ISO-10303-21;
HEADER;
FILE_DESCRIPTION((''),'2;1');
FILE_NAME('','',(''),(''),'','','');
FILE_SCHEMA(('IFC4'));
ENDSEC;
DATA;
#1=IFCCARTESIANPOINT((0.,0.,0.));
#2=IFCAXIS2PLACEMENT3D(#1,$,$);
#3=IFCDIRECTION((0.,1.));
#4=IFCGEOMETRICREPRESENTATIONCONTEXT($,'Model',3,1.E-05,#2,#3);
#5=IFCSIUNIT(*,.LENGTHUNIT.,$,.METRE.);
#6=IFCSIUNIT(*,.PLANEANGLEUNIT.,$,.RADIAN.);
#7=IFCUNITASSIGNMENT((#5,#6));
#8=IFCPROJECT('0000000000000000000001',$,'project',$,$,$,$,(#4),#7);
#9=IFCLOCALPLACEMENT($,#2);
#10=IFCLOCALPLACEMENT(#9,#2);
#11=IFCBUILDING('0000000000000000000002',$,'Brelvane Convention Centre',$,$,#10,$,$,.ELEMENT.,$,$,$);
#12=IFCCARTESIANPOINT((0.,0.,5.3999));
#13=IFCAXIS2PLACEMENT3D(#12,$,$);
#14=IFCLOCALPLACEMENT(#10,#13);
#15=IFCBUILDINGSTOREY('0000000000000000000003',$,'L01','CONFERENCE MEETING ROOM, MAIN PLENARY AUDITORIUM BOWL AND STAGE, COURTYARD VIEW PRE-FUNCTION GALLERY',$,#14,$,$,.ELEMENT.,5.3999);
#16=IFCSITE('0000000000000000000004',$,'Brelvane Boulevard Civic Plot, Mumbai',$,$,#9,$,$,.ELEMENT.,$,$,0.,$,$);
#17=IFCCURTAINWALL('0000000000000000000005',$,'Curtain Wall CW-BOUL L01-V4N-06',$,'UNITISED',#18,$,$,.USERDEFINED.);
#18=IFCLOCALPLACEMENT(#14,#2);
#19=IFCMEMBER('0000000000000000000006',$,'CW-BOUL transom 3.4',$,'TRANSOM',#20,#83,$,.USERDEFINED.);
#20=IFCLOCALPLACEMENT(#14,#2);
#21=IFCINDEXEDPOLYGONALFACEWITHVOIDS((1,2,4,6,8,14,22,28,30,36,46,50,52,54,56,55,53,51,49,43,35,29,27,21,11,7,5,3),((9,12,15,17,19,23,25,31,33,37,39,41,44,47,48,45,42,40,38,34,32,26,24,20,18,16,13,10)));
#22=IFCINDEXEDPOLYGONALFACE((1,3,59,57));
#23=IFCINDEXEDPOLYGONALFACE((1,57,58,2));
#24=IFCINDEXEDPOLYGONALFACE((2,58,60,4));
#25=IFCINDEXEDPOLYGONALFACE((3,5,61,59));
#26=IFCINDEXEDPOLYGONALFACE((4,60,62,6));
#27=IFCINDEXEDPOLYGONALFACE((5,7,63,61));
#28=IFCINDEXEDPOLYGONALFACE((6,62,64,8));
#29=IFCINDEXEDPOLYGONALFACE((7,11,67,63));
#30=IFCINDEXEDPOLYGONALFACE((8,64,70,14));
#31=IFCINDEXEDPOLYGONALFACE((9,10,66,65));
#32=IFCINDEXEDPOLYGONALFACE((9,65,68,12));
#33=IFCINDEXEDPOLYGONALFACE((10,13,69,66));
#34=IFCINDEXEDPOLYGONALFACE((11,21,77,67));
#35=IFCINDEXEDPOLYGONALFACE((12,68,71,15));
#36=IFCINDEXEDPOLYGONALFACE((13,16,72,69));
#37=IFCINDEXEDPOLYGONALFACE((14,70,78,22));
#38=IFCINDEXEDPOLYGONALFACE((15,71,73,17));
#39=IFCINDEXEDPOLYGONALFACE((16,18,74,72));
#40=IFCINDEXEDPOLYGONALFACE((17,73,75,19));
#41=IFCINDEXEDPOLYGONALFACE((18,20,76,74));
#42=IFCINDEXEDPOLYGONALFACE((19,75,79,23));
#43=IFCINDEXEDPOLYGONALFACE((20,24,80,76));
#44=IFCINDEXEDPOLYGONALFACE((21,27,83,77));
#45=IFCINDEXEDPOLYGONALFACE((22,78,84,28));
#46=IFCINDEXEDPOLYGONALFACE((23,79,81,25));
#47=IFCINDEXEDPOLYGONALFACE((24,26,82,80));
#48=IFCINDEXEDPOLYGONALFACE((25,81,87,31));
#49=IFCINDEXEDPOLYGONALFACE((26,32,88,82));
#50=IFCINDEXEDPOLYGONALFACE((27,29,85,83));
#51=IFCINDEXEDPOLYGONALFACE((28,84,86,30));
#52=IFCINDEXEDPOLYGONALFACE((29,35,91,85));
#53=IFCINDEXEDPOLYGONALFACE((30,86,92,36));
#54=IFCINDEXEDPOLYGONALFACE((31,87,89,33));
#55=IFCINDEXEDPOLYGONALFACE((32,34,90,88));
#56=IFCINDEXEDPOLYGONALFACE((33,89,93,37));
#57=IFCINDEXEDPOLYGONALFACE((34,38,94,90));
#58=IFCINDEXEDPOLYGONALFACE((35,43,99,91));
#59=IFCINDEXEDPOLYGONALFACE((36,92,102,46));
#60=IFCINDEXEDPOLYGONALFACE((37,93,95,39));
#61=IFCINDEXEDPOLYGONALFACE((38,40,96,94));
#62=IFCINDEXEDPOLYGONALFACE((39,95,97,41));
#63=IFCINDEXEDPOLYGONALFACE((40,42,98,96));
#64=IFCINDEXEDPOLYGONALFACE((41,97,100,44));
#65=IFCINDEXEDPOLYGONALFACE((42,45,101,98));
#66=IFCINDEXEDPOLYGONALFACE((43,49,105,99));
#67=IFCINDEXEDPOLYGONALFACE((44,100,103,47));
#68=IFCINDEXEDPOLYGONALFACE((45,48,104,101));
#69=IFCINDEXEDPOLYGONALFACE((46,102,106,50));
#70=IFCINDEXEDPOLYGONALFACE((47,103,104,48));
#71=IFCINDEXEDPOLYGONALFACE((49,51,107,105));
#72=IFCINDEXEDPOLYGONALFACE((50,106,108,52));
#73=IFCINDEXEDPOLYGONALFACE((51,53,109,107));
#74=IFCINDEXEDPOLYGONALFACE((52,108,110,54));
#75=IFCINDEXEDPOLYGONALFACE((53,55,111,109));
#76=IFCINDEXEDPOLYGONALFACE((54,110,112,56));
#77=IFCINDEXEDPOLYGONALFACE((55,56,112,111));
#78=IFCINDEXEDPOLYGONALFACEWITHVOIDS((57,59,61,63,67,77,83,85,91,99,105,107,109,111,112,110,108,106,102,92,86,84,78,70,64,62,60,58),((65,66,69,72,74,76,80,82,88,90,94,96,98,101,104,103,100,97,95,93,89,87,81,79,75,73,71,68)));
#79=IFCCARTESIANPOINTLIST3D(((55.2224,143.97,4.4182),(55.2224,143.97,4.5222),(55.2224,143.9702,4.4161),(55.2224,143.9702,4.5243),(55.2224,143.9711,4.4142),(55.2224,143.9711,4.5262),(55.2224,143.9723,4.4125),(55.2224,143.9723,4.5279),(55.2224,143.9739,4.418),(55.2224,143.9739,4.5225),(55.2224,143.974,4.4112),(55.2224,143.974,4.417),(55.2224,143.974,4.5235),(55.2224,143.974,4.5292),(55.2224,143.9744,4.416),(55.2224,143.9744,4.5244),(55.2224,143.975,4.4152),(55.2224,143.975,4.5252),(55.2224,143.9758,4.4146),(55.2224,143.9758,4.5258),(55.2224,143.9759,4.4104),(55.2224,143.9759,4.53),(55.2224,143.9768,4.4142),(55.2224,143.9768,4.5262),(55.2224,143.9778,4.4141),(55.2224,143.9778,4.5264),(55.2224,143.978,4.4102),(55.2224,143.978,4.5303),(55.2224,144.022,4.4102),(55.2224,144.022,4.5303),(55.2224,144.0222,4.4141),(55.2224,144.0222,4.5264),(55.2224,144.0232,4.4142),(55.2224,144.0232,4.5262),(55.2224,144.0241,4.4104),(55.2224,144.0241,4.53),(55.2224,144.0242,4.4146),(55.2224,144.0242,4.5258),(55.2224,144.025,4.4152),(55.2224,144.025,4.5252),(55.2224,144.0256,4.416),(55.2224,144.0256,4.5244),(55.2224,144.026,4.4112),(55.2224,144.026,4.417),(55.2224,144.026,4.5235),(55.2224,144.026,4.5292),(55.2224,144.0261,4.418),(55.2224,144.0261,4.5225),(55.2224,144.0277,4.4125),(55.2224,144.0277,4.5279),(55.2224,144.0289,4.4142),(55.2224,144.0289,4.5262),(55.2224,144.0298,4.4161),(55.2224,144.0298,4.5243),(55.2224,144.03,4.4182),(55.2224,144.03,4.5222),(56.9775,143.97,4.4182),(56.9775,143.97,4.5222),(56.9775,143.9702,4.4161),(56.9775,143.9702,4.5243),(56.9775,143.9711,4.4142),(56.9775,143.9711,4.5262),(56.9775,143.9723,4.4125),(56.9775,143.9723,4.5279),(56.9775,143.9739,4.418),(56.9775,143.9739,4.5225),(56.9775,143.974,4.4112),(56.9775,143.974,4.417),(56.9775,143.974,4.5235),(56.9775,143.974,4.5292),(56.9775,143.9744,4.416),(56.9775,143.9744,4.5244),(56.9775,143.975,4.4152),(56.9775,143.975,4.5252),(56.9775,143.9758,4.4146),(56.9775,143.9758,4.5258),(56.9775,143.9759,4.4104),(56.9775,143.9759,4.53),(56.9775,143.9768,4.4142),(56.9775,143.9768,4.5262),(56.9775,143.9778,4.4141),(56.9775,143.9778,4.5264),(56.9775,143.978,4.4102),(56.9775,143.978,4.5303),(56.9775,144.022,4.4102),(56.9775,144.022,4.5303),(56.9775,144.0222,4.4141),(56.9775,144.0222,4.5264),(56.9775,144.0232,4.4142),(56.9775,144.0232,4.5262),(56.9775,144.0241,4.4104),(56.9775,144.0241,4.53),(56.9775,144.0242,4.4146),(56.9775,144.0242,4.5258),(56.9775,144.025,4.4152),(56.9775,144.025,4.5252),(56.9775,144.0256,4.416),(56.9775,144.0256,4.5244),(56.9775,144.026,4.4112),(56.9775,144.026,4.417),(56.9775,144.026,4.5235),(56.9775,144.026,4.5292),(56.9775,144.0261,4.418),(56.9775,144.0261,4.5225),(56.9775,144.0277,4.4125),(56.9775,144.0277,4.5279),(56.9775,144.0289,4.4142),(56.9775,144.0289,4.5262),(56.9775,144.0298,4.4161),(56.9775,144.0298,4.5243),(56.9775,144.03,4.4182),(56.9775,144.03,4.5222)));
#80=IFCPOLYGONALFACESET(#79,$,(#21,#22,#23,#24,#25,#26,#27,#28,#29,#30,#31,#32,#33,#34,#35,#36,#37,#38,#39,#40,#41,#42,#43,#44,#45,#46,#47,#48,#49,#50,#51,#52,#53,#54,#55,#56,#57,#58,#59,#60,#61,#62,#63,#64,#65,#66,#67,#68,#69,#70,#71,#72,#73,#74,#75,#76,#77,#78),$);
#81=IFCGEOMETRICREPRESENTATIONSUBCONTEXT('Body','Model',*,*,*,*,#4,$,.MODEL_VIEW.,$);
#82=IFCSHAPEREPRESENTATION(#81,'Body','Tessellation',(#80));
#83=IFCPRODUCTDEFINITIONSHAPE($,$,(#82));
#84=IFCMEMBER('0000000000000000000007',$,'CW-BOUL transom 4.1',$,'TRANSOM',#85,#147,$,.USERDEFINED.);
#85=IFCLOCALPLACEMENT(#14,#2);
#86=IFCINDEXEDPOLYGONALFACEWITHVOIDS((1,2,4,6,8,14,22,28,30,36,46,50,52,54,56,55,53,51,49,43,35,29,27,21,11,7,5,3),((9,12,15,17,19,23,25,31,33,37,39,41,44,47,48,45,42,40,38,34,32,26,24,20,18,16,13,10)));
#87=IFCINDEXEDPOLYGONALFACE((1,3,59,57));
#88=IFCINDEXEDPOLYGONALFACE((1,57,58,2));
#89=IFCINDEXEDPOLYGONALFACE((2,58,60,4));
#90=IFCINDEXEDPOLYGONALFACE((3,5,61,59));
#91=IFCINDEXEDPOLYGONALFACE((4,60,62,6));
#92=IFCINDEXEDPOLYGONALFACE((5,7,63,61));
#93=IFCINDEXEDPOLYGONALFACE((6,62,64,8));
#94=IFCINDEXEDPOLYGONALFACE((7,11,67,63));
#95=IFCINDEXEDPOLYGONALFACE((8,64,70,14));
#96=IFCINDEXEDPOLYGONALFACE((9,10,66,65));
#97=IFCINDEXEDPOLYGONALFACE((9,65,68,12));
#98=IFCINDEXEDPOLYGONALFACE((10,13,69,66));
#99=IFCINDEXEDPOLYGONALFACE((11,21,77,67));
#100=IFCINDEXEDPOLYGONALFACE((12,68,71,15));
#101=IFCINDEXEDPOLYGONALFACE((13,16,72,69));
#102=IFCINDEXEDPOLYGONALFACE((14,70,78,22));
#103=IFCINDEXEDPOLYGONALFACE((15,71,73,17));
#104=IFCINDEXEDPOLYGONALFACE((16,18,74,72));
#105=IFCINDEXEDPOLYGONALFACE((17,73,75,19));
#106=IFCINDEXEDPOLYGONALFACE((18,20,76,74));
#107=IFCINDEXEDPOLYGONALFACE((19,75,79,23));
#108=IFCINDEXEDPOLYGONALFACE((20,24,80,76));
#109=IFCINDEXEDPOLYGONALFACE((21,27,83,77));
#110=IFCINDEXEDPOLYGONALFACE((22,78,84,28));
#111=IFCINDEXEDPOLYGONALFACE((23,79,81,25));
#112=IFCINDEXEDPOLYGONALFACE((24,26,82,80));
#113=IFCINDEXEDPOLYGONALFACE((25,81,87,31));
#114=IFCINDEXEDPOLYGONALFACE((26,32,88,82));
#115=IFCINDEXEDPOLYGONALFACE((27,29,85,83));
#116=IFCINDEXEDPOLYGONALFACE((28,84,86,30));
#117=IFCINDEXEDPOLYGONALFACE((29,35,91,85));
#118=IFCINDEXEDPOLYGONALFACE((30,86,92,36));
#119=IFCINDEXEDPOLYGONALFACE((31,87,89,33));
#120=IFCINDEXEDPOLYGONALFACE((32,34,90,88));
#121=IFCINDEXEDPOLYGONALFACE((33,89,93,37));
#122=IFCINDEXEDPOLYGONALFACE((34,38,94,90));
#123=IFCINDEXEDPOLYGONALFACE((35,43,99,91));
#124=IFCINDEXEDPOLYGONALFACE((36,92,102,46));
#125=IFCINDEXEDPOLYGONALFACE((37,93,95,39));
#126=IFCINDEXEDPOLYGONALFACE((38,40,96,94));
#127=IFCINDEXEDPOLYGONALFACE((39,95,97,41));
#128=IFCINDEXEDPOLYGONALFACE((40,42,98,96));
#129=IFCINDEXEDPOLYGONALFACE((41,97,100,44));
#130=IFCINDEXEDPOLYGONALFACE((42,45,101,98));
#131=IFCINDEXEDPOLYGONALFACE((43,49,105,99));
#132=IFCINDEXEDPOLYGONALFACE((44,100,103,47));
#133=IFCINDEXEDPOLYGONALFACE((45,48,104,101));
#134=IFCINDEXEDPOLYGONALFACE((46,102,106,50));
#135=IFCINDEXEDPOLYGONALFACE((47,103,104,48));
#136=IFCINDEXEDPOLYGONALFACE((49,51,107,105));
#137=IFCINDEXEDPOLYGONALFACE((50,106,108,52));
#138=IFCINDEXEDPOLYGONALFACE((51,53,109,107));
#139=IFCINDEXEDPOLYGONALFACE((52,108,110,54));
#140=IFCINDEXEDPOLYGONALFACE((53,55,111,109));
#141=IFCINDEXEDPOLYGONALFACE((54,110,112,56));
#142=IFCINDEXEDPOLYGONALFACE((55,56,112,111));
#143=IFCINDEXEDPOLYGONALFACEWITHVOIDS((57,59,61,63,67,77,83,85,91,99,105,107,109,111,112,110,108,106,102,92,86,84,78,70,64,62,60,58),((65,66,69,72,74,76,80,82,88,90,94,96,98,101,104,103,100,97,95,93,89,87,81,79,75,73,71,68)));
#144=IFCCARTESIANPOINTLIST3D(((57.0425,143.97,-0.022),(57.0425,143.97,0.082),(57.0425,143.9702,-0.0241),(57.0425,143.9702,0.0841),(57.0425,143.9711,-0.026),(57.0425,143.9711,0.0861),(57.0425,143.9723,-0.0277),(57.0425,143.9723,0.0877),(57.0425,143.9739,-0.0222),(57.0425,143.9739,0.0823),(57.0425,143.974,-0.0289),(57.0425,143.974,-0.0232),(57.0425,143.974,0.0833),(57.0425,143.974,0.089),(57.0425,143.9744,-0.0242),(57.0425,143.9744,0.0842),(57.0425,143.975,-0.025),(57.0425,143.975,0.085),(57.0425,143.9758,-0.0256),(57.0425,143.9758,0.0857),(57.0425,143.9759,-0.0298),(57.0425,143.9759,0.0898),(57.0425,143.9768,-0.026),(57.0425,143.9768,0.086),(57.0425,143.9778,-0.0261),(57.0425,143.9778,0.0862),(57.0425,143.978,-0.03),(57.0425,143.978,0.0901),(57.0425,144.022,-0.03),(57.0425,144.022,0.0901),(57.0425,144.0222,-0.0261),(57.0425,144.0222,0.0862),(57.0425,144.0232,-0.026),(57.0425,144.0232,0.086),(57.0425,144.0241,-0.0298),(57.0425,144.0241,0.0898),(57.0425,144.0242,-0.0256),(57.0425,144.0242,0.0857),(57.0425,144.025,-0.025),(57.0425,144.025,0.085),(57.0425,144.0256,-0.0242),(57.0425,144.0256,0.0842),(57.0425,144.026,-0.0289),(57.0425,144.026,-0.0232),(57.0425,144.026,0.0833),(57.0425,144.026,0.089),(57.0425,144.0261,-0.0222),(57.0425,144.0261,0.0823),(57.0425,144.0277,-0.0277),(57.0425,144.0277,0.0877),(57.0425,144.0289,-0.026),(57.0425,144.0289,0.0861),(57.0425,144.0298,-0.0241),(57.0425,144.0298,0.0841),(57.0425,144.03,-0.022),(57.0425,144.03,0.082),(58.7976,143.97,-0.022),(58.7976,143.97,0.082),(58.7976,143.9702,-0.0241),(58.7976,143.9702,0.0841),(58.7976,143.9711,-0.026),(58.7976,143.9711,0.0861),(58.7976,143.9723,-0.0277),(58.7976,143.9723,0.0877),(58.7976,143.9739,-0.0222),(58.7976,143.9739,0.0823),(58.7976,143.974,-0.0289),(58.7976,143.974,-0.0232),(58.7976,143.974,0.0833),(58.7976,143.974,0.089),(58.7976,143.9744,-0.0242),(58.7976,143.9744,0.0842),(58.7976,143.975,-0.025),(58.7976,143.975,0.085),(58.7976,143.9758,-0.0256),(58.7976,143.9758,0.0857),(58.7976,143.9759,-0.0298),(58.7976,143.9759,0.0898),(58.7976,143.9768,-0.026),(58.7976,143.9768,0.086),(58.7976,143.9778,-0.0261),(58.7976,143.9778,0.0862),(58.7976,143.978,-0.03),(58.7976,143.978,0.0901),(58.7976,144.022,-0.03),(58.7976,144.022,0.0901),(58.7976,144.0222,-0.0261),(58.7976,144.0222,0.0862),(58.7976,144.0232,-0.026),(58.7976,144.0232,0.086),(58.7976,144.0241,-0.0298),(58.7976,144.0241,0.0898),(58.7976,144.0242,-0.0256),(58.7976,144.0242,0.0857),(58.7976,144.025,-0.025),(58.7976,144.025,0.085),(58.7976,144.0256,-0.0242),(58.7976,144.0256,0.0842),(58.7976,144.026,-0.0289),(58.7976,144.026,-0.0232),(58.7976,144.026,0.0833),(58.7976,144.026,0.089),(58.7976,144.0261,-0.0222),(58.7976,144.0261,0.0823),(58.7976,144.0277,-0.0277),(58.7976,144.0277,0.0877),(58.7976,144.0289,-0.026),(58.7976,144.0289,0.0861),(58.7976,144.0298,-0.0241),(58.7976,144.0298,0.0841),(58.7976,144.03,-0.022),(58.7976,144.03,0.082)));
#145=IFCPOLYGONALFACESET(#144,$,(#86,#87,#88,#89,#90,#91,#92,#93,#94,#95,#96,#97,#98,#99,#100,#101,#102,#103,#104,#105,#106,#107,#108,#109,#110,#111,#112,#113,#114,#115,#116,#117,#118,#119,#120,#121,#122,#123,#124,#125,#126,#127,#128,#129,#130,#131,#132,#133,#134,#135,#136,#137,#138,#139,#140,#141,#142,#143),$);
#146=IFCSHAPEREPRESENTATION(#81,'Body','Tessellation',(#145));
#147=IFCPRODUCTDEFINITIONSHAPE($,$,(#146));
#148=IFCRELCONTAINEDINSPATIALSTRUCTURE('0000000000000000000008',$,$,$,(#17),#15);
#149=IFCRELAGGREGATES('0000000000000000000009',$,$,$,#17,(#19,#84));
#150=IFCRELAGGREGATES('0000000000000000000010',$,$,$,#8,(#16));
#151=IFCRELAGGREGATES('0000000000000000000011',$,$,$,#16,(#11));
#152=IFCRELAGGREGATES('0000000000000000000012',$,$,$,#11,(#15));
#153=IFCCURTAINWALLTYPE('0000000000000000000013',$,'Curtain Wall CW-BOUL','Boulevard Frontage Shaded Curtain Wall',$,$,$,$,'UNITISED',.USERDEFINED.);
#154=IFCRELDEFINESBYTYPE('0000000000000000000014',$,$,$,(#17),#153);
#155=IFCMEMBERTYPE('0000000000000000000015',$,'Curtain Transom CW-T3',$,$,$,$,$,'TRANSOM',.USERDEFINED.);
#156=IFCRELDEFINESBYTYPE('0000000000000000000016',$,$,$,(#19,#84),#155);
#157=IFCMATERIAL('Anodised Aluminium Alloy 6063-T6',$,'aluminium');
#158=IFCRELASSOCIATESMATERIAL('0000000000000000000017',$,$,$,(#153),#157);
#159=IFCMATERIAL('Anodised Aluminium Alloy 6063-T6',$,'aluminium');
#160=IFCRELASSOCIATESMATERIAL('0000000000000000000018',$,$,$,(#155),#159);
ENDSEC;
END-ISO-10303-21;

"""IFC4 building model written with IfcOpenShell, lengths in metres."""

from ifc_helpers import new_model, si_unit, direction, frame, origin, origin_2d, place, context, subcontext, project, spatial, hollow_rectangle, extrude, material, material_profile, profile_set, type_object, element, aggregate, save


model = new_model("IFC4")

# Units and contexts
model_context = context("Model", 3, precision=1e-05, world=origin(), true_north=direction((0.0, 1.0)))
body_context = subcontext(model_context, "Body", "Model", "MODEL_VIEW")
ifc_project = project(units=[si_unit("LENGTHUNIT", "METRE"), si_unit("PLANEANGLEUNIT", "RADIAN")], contexts=[model_context])

# Site, building, storey
site_placement = place(None, origin())
site = spatial("IfcSite", under=ifc_project, at=site_placement, Name="Brelvane Boulevard Civic Plot, Mumbai", CompositionType="ELEMENT", RefElevation=0.0)
building_placement = place(site_placement, origin())
building = spatial("IfcBuilding", under=site, at=building_placement, Name="Brelvane Convention Centre", CompositionType="ELEMENT")
storey_placement = place(building_placement, frame((0.0, 0.0, 5.3999)))
storey = spatial("IfcBuildingStorey", under=building, at=storey_placement, Name="L01", Description="CONFERENCE MEETING ROOM, MAIN PLENARY AUDITORIUM BOWL AND STAGE, COURTYARD VIEW PRE-FUNCTION GALLERY", CompositionType="ELEMENT", Elevation=5.3999)

# Curtain wall, members
ifc_material_1 = material(Name="Anodised Aluminium Alloy 6063-T6", Category="aluminium")
curtain_wall_type = type_object("IfcCurtainWallType", Name="Curtain Wall CW-BOUL", Description="Boulevard Frontage Shaded Curtain Wall", ElementType="UNITISED", PredefinedType="USERDEFINED", material=ifc_material_1)
curtain_wall_placement = place(storey_placement, origin())
curtain_wall = element("IfcCurtainWall", 1, at=curtain_wall_placement, inside=storey, type_object=curtain_wall_type, Name="Curtain Wall CW-BOUL L01-V4N-06", ObjectType="UNITISED", PredefinedType="USERDEFINED")
ifc_material_2 = material(Name="Anodised Aluminium Alloy 6063-T6", Category="aluminium")
ifc_material_profile_1 = material_profile(ifc_material_2, hollow_rectangle(XDim=0.0601, YDim=0.1201, WallThickness=0.0039, InnerFilletRadius=0.0039, OuterFilletRadius=0.0081, at=origin_2d()), Name="ALU-T 120x60x4.0")
ifc_profile_set_1 = profile_set([ifc_material_profile_1], Name="Anodised Aluminium Alloy 6063-T6")
member_type_1 = type_object("IfcMemberType", Name="Curtain Transom CW-T3", ElementType="TRANSOM", PredefinedType="USERDEFINED", material=ifc_profile_set_1)
member_1_placement = place(storey_placement, frame((55.2224, 144.0, 4.4702), z_axis=(1.0, 0.0, 0.0), x_axis=(0.0, 1.0, 0.0)))
member_1 = element("IfcMember", 2, at=member_1_placement, type_object=member_type_1, Name="CW-BOUL transom 3.4", ObjectType="TRANSOM", PredefinedType="USERDEFINED", context=body_context, shape_type="SweptSolid", body=[
    extrude(hollow_rectangle(XDim=0.0601, YDim=0.1201, WallThickness=0.0039, InnerFilletRadius=0.0039, OuterFilletRadius=0.0081, at=origin_2d()), origin(), (0.0, 0.0, 1.0), 1.7551),
])
member_2_placement = place(storey_placement, frame((57.0425, 144.0, 0.03), z_axis=(1.0, 0.0, 0.0), x_axis=(0.0, 1.0, 0.0)))
member_2 = element("IfcMember", 3, at=member_2_placement, type_object=member_type_1, Name="CW-BOUL transom 4.1", ObjectType="TRANSOM", PredefinedType="USERDEFINED", context=body_context, shape_type="SweptSolid", body=[
    extrude(hollow_rectangle(XDim=0.0601, YDim=0.1201, WallThickness=0.0039, InnerFilletRadius=0.0039, OuterFilletRadius=0.0081, at=origin_2d()), origin(), (0.0, 0.0, 1.0), 1.7551),
])

aggregate(curtain_wall, [member_1, member_2])

save(model, "model.ifc")
